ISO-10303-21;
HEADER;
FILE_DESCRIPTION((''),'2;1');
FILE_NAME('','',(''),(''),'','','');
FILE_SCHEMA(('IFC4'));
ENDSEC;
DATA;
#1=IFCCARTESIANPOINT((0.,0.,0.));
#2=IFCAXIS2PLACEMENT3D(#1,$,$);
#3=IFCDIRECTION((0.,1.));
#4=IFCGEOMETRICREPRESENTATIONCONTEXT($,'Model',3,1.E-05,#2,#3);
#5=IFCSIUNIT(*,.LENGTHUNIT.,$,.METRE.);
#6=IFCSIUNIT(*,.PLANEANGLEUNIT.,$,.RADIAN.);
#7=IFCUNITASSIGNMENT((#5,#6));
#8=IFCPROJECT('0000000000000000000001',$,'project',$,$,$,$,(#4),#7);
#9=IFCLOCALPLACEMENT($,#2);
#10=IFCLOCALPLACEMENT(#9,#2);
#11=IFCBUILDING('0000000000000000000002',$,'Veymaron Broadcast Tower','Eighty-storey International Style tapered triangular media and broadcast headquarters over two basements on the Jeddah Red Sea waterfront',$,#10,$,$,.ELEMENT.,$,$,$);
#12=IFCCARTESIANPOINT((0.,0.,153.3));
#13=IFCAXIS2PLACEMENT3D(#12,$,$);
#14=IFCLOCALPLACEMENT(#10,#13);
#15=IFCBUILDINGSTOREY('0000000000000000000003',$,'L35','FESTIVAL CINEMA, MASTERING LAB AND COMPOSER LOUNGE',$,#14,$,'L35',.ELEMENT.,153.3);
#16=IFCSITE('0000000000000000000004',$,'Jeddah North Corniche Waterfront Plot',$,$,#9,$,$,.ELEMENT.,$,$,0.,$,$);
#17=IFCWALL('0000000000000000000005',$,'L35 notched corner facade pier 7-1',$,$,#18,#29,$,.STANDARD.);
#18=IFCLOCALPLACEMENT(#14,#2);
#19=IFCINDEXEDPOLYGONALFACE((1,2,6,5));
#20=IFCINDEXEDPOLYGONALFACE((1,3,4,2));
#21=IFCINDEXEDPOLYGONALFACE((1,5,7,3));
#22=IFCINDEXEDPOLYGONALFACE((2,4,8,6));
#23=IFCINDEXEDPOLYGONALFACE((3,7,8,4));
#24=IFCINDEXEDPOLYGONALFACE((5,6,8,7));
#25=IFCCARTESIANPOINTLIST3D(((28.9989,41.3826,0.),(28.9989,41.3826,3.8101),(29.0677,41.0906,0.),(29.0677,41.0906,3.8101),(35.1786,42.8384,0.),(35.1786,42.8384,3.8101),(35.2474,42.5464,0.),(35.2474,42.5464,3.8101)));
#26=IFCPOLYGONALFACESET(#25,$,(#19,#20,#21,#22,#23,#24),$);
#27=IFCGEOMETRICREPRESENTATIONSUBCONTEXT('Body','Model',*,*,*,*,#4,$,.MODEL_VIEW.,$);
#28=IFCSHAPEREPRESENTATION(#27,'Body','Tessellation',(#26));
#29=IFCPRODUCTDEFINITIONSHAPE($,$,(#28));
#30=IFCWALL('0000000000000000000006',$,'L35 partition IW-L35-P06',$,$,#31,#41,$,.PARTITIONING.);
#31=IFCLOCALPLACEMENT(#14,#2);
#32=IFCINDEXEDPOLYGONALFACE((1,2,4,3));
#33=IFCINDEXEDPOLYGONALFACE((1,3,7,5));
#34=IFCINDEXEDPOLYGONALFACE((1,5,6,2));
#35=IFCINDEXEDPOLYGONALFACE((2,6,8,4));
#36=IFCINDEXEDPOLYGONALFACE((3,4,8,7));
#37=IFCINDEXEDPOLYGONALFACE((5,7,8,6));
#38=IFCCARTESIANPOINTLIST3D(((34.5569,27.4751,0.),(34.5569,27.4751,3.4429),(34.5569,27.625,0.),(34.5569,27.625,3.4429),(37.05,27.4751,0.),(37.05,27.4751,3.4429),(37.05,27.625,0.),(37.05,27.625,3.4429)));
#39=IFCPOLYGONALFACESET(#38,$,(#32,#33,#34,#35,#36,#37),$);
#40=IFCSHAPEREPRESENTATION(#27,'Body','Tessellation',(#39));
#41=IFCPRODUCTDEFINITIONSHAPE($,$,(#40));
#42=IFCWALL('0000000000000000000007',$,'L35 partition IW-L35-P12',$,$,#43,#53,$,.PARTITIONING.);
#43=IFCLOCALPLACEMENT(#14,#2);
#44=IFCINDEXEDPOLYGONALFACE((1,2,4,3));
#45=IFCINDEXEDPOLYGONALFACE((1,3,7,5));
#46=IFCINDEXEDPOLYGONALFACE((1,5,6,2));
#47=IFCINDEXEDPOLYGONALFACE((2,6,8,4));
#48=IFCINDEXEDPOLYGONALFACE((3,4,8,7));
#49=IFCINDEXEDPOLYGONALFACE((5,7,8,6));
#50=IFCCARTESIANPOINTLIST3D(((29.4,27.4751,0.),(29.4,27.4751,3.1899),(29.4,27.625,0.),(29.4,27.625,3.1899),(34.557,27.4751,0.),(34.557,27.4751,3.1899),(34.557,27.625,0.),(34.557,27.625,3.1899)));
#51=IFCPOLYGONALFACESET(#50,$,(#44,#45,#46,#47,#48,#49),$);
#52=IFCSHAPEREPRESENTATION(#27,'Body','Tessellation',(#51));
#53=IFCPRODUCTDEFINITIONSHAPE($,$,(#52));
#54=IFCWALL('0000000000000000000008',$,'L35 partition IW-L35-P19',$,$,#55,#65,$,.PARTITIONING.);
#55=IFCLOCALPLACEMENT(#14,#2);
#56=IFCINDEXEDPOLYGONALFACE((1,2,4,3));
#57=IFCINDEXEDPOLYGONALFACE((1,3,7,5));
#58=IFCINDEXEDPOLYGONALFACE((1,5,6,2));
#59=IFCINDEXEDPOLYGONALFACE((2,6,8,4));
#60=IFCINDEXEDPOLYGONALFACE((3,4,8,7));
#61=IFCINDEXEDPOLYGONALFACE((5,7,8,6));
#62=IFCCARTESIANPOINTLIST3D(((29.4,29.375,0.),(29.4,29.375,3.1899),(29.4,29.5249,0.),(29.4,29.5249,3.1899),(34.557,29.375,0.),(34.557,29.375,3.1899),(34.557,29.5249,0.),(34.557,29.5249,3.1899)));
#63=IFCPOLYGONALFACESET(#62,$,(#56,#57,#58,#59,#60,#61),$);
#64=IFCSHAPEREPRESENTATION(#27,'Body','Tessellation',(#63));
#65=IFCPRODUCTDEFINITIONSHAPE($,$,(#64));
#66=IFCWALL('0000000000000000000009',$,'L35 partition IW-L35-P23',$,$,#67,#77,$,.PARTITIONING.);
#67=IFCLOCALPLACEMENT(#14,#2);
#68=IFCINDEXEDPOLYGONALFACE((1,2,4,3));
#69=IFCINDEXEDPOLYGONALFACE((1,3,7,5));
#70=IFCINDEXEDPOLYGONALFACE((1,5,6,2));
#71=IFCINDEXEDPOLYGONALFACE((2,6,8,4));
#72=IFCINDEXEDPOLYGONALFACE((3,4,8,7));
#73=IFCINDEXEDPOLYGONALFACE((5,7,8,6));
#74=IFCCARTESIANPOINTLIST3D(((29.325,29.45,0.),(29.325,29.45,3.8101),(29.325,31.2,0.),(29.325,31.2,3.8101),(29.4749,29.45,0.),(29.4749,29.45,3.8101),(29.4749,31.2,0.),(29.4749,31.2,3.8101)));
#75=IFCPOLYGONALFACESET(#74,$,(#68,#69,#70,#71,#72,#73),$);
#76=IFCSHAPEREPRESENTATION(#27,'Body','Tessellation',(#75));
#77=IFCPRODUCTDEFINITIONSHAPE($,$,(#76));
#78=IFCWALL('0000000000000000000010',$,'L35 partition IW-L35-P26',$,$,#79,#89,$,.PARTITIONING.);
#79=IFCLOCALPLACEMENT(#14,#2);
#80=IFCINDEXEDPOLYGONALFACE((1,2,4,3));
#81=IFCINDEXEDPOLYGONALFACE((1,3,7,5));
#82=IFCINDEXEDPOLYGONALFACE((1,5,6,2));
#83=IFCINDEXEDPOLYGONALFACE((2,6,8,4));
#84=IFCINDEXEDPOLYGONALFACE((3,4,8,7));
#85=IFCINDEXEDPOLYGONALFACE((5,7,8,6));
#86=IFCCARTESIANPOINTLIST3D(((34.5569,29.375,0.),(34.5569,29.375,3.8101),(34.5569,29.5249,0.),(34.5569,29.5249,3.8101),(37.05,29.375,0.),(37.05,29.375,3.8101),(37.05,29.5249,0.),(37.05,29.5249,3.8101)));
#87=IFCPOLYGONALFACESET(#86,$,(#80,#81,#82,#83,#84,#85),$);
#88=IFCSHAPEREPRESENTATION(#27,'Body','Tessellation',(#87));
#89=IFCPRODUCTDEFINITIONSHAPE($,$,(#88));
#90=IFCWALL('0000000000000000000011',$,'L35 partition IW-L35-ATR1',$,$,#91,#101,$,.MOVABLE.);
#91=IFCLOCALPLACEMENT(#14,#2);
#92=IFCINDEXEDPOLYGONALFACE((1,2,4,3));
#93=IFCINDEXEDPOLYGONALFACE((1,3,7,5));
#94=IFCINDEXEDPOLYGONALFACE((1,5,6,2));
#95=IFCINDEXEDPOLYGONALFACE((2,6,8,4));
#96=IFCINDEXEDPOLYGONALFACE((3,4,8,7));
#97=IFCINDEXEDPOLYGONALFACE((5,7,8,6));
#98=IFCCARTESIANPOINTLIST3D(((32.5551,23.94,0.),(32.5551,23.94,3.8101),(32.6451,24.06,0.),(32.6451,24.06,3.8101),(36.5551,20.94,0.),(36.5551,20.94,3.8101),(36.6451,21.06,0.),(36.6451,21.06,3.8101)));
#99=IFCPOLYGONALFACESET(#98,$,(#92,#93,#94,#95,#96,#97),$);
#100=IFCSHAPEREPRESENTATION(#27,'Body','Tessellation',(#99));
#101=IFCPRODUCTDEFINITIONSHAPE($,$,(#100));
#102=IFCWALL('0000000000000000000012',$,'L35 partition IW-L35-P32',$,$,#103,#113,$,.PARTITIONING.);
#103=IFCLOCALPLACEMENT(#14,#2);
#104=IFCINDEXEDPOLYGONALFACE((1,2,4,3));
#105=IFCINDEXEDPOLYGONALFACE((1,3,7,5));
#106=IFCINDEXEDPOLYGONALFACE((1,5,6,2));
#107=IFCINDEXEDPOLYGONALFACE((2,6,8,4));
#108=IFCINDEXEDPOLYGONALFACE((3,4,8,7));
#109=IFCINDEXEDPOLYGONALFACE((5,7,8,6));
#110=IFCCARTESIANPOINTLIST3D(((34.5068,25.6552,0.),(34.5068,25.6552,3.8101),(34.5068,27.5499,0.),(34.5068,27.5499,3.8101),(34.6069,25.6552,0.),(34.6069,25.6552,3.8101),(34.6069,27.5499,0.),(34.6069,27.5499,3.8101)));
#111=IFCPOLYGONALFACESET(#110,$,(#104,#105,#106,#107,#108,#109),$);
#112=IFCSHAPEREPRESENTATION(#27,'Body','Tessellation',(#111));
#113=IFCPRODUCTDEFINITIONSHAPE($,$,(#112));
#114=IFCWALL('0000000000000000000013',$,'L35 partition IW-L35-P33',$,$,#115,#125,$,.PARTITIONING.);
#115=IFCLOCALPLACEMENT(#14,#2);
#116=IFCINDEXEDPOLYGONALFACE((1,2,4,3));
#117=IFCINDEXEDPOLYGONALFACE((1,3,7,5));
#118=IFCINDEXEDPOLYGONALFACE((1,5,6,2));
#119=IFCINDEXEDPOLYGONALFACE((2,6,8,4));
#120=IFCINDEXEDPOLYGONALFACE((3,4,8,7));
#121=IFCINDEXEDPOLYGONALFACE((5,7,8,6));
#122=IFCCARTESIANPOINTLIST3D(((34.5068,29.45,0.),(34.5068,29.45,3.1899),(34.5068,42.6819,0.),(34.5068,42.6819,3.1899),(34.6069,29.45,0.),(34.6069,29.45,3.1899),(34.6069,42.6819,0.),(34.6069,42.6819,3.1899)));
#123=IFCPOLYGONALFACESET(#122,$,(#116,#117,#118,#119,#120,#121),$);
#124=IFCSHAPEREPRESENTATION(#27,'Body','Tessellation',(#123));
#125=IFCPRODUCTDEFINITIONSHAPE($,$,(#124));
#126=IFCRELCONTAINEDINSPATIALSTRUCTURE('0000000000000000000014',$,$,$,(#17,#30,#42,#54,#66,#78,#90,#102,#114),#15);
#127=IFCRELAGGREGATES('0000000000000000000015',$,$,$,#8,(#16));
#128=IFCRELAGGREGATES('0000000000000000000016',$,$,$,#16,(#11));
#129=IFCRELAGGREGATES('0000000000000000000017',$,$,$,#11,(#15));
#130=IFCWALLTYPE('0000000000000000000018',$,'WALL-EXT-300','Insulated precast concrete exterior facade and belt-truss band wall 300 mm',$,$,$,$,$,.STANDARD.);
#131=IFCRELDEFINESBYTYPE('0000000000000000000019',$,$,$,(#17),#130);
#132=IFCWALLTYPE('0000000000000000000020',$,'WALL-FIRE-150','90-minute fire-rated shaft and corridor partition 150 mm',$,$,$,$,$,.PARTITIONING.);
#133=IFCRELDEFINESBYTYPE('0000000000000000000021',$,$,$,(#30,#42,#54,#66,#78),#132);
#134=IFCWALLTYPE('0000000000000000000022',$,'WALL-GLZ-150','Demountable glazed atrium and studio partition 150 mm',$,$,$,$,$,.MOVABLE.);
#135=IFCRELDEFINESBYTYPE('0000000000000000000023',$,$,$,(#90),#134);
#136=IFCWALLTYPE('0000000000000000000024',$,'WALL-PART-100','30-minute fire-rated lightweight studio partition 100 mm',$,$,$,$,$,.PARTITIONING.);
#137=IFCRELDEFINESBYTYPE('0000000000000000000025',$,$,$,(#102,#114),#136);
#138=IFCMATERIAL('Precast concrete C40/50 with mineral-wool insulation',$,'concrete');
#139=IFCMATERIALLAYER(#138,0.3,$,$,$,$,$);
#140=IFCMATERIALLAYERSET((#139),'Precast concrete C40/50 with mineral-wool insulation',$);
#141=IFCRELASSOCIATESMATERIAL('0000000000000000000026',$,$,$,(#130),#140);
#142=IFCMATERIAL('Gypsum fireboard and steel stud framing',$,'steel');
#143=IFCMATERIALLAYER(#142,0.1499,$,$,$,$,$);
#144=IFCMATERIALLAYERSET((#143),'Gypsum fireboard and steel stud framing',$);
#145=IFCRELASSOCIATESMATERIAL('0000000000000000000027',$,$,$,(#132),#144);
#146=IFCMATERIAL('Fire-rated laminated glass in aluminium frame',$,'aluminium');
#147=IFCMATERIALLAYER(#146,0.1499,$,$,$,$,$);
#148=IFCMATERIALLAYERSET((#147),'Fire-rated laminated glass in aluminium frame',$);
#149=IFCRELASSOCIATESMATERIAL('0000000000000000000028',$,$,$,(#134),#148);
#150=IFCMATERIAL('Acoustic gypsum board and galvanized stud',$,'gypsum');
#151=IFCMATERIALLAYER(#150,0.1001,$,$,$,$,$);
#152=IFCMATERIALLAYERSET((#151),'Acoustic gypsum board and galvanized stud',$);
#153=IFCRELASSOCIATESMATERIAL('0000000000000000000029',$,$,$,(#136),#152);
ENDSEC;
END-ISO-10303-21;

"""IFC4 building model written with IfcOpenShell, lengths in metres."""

from ifc_helpers import new_model, si_unit, direction, frame, frame_2d, origin, place, context, subcontext, project, spatial, rectangle, extrude, material, layer, layer_set, type_object, element, save


model = new_model("IFC4")

# Units and contexts
model_context = context("Model", 3, precision=1e-05, world=origin(), true_north=direction((0.0, 1.0)))
body_context = subcontext(model_context, "Body", "Model", "MODEL_VIEW")
ifc_project = project(units=[si_unit("LENGTHUNIT", "METRE"), si_unit("PLANEANGLEUNIT", "RADIAN")], contexts=[model_context])

# Site, building, storey
site_placement = place(None, origin())
site = spatial("IfcSite", under=ifc_project, at=site_placement, Name="Jeddah North Corniche Waterfront Plot", CompositionType="ELEMENT", RefElevation=0.0)
building_placement = place(site_placement, origin())
building = spatial("IfcBuilding", under=site, at=building_placement, Name="Veymaron Broadcast Tower", Description="Eighty-storey International Style tapered triangular media and broadcast headquarters over two basements on the Jeddah Red Sea waterfront", CompositionType="ELEMENT")
storey_placement = place(building_placement, frame((0.0, 0.0, 153.3)))
storey = spatial("IfcBuildingStorey", under=building, at=storey_placement, Name="L35", Description="FESTIVAL CINEMA, MASTERING LAB AND COMPOSER LOUNGE", LongName="L35", CompositionType="ELEMENT", Elevation=153.3)

# Walls
ifc_material_1 = material(Name="Precast concrete C40/50 with mineral-wool insulation", Category="concrete")
ifc_layer_1 = layer(ifc_material_1, 0.3)
ifc_layer_set_1 = layer_set([ifc_layer_1], Name="Precast concrete C40/50 with mineral-wool insulation")
wall_type_1 = type_object("IfcWallType", Name="WALL-EXT-300", Description="Insulated precast concrete exterior facade and belt-truss band wall 300 mm", PredefinedType="STANDARD", material=ifc_layer_set_1)
wall_1_placement = place(storey_placement, frame((35.2129, 42.6924, 0.0), z_axis=(0.0, 0.0, 1.0), x_axis=(-0.973355, -0.229303, 0.0)))
element("IfcWall", 1, at=wall_1_placement, inside=storey, type_object=wall_type_1, Name="L35 notched corner facade pier 7-1", PredefinedType="STANDARD", context=body_context, shape_type="SweptSolid", body=[
    extrude(rectangle(XDim=6.3489, YDim=0.3, at=frame_2d((3.1743, 0.0))), origin(), (0.0, 0.0, 1.0), 3.8101),
])
ifc_material_2 = material(Name="Gypsum fireboard and steel stud framing", Category="steel")
ifc_layer_2 = layer(ifc_material_2, 0.1499)
ifc_layer_set_2 = layer_set([ifc_layer_2], Name="Gypsum fireboard and steel stud framing")
wall_type_2 = type_object("IfcWallType", Name="WALL-FIRE-150", Description="90-minute fire-rated shaft and corridor partition 150 mm", PredefinedType="PARTITIONING", material=ifc_layer_set_2)
wall_2_placement = place(storey_placement, frame((34.5569, 27.55, 0.0), z_axis=(0.0, 0.0, 1.0), x_axis=(1.0, 0.0, 0.0)))
element("IfcWall", 2, at=wall_2_placement, inside=storey, type_object=wall_type_2, Name="L35 partition IW-L35-P06", PredefinedType="PARTITIONING", context=body_context, shape_type="SweptSolid", body=[
    extrude(rectangle(XDim=2.4932, YDim=0.1499, at=frame_2d((1.2466, 0.0))), origin(), (0.0, 0.0, 1.0), 3.4429),
])
for number, where, z_axis, x_axis, name in (
    (3, (29.3999, 27.55, 0.0), (0.0, 0.0, 1.0), (1.0, 0.0, 0.0), "L35 partition IW-L35-P12"),
    (4, (29.3999, 29.45, 0.0), (0.0, 0.0, 1.0), (1.0, 0.0, 0.0), "L35 partition IW-L35-P19"),
):
    element("IfcWall", number, at=place(storey_placement, frame(where, z_axis=z_axis, x_axis=x_axis)), inside=storey, type_object=wall_type_2, Name=name, PredefinedType="PARTITIONING", context=body_context, shape_type="SweptSolid", body=[
        extrude(rectangle(XDim=5.157, YDim=0.1499, at=frame_2d((2.5786, 0.0))), origin(), (0.0, 0.0, 1.0), 3.1899),
    ])
wall_3_placement = place(storey_placement, frame((29.3999, 29.45, 0.0), z_axis=(0.0, 0.0, 1.0), x_axis=(0.0, 1.0, 0.0)))
element("IfcWall", 5, at=wall_3_placement, inside=storey, type_object=wall_type_2, Name="L35 partition IW-L35-P23", PredefinedType="PARTITIONING", context=body_context, shape_type="SweptSolid", body=[
    extrude(rectangle(XDim=1.75, YDim=0.1499, at=frame_2d((0.875, 0.0))), origin(), (0.0, 0.0, 1.0), 3.8101),
])
wall_4_placement = place(storey_placement, frame((34.5569, 29.45, 0.0), z_axis=(0.0, 0.0, 1.0), x_axis=(1.0, 0.0, 0.0)))
element("IfcWall", 6, at=wall_4_placement, inside=storey, type_object=wall_type_2, Name="L35 partition IW-L35-P26", PredefinedType="PARTITIONING", context=body_context, shape_type="SweptSolid", body=[
    extrude(rectangle(XDim=2.4932, YDim=0.1499, at=frame_2d((1.2466, 0.0))), origin(), (0.0, 0.0, 1.0), 3.8101),
])
ifc_material_3 = material(Name="Fire-rated laminated glass in aluminium frame", Category="aluminium")
ifc_layer_3 = layer(ifc_material_3, 0.1499)
ifc_layer_set_3 = layer_set([ifc_layer_3], Name="Fire-rated laminated glass in aluminium frame")
wall_type_3 = type_object("IfcWallType", Name="WALL-GLZ-150", Description="Demountable glazed atrium and studio partition 150 mm", PredefinedType="MOVABLE", material=ifc_layer_set_3)
wall_5_placement = place(storey_placement, frame((32.6001, 24.0, 0.0), z_axis=(0.0, 0.0, 1.0), x_axis=(0.8, -0.6, 0.0)))
element("IfcWall", 7, at=wall_5_placement, inside=storey, type_object=wall_type_3, Name="L35 partition IW-L35-ATR1", PredefinedType="MOVABLE", context=body_context, shape_type="SweptSolid", body=[
    extrude(rectangle(XDim=5.0, YDim=0.1499, at=frame_2d((2.5, 0.0))), origin(), (0.0, 0.0, 1.0), 3.8101),
])
ifc_material_4 = material(Name="Acoustic gypsum board and galvanized stud", Category="gypsum")
ifc_layer_4 = layer(ifc_material_4, 0.1001)
ifc_layer_set_4 = layer_set([ifc_layer_4], Name="Acoustic gypsum board and galvanized stud")
wall_type_4 = type_object("IfcWallType", Name="WALL-PART-100", Description="30-minute fire-rated lightweight studio partition 100 mm", PredefinedType="PARTITIONING", material=ifc_layer_set_4)
wall_6_placement = place(storey_placement, frame((34.5569, 25.6553, 0.0), z_axis=(0.0, 0.0, 1.0), x_axis=(0.0, 1.0, 0.0)))
element("IfcWall", 8, at=wall_6_placement, inside=storey, type_object=wall_type_4, Name="L35 partition IW-L35-P32", PredefinedType="PARTITIONING", context=body_context, shape_type="SweptSolid", body=[
    extrude(rectangle(XDim=1.8948, YDim=0.1001, at=frame_2d((0.9473, 0.0))), origin(), (0.0, 0.0, 1.0), 3.8101),
])
wall_7_placement = place(storey_placement, frame((34.5569, 29.45, 0.0), z_axis=(0.0, 0.0, 1.0), x_axis=(0.0, 1.0, 0.0)))
element("IfcWall", 9, at=wall_7_placement, inside=storey, type_object=wall_type_4, Name="L35 partition IW-L35-P33", PredefinedType="PARTITIONING", context=body_context, shape_type="SweptSolid", body=[
    extrude(rectangle(XDim=13.2319, YDim=0.1001, at=frame_2d((6.616, 0.0))), origin(), (0.0, 0.0, 1.0), 3.1899),
])

save(model, "model.ifc")
